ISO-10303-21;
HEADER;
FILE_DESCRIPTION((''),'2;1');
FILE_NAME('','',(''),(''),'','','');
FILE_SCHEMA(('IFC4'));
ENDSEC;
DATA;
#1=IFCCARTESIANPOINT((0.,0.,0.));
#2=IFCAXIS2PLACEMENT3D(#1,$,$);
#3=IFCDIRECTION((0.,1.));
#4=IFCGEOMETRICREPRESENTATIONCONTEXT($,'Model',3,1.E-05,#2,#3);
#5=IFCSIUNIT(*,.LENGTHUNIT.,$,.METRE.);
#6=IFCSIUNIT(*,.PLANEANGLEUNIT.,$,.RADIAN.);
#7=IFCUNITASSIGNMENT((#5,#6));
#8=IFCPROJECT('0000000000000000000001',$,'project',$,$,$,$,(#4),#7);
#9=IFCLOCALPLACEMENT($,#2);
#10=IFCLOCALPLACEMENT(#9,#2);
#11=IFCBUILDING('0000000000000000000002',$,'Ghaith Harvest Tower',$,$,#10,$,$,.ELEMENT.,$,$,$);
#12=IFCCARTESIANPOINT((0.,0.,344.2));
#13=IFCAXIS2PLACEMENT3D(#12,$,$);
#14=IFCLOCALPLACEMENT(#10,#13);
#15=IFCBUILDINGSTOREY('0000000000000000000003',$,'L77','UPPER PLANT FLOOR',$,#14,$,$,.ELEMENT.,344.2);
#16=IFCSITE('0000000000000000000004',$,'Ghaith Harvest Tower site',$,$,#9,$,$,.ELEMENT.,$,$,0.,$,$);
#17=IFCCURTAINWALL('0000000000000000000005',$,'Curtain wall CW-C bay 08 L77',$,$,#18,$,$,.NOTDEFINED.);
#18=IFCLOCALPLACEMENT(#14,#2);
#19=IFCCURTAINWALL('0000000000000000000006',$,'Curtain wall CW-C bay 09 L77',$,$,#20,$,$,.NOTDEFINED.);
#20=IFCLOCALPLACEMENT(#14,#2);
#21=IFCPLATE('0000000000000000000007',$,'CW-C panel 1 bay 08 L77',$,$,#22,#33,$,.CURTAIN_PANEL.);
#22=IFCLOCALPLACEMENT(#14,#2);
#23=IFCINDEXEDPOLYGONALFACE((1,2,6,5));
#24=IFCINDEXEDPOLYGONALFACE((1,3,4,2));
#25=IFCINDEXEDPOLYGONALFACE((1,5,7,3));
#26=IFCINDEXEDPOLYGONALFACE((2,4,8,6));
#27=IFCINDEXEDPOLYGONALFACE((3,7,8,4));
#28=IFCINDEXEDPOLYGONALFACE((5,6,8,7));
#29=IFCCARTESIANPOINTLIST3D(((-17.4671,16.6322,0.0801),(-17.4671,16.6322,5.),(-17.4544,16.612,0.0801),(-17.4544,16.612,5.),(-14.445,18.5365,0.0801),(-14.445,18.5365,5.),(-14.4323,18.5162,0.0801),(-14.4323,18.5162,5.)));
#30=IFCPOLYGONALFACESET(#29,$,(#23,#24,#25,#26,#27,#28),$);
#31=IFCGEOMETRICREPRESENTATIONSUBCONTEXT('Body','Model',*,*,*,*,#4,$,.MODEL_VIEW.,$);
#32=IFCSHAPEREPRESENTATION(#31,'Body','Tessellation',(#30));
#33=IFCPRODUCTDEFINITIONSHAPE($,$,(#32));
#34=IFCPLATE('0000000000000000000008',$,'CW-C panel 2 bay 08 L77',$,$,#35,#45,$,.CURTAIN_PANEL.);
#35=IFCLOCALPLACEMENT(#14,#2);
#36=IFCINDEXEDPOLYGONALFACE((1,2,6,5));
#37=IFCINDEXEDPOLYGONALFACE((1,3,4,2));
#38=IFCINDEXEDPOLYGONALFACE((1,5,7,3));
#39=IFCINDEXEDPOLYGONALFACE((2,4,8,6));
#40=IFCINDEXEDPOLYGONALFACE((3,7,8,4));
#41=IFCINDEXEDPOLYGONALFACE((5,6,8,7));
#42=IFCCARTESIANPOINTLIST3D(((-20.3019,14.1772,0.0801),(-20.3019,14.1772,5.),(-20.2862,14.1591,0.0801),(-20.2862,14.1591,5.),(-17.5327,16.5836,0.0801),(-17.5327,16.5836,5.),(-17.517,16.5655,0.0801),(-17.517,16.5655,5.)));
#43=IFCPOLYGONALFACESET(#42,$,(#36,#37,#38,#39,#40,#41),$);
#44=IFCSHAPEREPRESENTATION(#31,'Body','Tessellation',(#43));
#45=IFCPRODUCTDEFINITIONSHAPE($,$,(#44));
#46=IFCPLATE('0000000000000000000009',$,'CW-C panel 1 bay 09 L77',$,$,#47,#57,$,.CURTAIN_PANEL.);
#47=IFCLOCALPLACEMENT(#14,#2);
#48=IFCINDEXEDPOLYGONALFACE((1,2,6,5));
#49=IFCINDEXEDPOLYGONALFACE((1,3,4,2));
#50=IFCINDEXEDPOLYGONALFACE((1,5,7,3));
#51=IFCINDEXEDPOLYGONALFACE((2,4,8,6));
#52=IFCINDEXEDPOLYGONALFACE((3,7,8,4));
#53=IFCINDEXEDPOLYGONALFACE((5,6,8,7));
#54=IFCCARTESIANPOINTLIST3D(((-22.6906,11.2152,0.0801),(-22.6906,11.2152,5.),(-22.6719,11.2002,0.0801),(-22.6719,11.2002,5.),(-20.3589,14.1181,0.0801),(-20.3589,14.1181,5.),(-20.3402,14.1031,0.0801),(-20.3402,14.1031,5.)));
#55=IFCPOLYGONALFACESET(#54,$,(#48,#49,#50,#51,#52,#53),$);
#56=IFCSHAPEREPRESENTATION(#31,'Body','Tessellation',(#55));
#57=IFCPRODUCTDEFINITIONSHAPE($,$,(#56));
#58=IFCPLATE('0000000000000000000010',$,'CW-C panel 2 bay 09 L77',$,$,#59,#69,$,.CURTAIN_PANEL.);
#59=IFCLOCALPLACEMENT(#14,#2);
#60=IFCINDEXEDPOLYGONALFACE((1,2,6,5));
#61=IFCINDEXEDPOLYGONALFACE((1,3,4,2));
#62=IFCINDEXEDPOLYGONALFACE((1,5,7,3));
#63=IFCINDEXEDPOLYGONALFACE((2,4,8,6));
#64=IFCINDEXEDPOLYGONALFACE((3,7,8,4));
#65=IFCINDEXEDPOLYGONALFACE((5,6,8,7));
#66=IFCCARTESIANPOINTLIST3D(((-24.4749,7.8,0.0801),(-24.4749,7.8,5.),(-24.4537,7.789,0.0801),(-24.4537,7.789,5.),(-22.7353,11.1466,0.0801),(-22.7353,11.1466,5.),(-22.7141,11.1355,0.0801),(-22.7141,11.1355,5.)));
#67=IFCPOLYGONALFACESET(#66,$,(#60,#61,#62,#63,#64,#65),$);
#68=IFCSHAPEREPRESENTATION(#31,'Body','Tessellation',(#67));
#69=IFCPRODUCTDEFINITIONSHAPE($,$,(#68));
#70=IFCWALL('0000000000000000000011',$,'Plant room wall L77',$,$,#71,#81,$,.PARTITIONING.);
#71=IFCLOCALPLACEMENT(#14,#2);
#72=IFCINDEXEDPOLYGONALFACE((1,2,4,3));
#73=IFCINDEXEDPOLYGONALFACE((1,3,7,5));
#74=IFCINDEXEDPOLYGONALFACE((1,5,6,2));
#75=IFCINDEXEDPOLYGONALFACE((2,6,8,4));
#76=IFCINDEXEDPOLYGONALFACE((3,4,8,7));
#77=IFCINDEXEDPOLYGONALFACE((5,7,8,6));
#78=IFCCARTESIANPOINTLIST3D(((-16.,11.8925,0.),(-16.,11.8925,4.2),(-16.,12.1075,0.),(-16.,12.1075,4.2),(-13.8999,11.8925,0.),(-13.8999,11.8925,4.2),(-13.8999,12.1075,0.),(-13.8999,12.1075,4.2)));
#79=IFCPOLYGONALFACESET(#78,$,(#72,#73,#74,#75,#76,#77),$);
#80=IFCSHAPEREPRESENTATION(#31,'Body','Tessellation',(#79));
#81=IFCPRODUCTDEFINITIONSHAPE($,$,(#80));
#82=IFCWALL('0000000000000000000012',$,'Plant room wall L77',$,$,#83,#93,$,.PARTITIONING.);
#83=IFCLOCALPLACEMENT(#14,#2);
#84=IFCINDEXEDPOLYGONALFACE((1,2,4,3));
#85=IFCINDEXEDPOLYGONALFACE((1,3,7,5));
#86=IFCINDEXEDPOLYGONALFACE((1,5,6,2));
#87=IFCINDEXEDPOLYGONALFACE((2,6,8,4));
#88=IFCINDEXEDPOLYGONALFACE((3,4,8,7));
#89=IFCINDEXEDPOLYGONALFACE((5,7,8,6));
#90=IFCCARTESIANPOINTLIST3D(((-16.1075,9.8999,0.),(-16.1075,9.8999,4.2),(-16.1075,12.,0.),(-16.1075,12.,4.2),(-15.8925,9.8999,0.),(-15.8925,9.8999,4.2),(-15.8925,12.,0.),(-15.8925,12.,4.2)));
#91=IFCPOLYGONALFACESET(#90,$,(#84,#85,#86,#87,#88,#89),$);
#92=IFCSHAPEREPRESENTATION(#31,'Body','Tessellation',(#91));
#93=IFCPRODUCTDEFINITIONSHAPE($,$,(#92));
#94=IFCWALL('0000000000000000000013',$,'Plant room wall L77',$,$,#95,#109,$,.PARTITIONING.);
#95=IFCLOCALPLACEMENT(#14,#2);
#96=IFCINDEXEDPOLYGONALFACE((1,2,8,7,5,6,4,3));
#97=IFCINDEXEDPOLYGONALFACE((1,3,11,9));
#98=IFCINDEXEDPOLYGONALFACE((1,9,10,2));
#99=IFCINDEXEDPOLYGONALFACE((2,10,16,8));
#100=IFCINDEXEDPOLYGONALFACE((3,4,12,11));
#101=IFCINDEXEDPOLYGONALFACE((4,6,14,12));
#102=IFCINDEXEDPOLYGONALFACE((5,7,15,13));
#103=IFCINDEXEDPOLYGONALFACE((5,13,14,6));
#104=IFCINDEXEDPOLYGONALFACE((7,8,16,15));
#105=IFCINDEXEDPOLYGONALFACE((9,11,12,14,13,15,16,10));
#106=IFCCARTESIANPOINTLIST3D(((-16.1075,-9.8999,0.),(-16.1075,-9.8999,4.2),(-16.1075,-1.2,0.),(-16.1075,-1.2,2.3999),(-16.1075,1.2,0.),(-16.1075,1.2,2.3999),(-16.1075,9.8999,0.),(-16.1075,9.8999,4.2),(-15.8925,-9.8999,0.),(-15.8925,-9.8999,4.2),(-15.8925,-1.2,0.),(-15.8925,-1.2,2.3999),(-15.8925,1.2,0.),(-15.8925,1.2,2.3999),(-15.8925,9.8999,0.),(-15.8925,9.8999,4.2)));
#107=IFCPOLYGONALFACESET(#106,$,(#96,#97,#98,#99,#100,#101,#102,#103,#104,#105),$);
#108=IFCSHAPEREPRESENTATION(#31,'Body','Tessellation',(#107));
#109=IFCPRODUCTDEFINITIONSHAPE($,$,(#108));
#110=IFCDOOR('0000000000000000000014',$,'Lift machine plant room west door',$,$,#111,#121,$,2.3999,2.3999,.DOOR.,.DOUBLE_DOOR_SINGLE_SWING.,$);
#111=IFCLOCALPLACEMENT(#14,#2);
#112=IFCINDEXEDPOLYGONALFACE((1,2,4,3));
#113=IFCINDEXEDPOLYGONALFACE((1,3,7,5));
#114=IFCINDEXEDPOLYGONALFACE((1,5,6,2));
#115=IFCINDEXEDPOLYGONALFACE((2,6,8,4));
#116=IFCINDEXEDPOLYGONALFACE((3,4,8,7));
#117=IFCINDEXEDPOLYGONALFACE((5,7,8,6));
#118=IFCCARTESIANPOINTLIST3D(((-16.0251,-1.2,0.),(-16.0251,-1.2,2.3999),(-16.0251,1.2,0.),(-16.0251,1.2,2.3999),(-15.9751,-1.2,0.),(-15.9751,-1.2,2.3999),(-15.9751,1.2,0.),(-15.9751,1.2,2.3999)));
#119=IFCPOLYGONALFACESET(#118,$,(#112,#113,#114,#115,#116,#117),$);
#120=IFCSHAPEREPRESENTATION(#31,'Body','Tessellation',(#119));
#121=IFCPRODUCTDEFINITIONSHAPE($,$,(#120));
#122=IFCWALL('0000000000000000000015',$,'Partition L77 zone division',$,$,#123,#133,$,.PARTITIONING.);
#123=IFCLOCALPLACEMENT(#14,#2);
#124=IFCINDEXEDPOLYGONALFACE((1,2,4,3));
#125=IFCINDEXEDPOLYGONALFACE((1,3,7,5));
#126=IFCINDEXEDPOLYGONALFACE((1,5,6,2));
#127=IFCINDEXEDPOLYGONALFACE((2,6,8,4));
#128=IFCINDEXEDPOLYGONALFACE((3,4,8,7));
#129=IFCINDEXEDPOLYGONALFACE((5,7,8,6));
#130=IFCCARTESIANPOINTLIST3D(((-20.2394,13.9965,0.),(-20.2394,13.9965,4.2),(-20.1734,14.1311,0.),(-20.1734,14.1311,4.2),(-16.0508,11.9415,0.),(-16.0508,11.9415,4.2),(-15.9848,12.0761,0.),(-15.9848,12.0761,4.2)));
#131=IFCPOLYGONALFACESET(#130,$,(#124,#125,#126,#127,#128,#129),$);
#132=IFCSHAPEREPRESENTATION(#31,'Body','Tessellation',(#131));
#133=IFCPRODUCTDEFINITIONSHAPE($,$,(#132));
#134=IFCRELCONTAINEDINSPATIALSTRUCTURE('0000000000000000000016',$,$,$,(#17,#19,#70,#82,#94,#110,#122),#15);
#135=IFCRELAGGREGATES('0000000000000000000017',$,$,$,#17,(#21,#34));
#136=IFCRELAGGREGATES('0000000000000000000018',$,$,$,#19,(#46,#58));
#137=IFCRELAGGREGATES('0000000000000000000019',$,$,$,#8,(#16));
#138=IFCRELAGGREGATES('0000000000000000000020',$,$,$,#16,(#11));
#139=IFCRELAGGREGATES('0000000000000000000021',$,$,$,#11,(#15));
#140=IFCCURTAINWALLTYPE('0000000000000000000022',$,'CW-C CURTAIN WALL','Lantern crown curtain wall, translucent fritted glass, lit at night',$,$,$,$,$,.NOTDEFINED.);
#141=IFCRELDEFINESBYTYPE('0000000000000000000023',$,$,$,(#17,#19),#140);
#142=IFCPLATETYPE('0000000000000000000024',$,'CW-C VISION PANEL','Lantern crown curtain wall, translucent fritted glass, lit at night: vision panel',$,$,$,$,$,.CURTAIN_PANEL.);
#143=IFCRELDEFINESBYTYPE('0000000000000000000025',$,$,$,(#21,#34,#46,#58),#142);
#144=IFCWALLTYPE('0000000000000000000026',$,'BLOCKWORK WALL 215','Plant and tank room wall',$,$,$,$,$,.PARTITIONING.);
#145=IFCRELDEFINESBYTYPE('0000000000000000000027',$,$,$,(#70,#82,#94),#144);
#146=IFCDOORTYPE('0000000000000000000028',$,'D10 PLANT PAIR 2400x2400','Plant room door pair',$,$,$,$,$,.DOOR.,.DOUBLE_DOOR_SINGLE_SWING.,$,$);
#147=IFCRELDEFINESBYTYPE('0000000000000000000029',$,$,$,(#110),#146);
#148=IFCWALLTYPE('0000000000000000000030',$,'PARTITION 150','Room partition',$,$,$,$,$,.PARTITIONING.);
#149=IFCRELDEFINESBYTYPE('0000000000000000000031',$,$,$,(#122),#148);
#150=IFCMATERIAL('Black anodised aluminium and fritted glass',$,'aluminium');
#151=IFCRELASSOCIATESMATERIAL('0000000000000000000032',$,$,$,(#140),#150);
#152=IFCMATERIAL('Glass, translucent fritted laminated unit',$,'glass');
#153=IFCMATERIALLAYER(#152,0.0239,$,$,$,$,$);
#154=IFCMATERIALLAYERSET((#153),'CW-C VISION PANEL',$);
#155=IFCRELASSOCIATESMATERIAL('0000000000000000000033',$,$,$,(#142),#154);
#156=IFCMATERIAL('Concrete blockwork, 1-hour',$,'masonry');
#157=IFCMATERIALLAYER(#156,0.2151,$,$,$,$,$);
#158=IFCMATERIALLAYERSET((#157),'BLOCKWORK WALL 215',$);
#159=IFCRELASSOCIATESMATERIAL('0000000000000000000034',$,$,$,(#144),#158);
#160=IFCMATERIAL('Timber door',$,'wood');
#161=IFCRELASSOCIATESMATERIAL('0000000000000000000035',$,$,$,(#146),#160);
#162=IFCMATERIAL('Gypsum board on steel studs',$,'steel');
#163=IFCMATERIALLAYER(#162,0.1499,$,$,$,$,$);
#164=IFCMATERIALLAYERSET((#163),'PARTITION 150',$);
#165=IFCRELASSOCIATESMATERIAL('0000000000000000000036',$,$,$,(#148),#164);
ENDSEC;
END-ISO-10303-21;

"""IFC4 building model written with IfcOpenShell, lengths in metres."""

from ifc_helpers import new_model, si_unit, direction, frame, frame_2d, origin, origin_2d, place, context, subcontext, project, spatial, rectangle, extrude, material, layer, layer_set, type_object, element, fill, aggregate, save


model = new_model("IFC4")

# Units and contexts
model_context = context("Model", 3, precision=1e-05, world=origin(), true_north=direction((0.0, 1.0)))
body_context = subcontext(model_context, "Body", "Model", "MODEL_VIEW")
ifc_project = project(units=[si_unit("LENGTHUNIT", "METRE"), si_unit("PLANEANGLEUNIT", "RADIAN")], contexts=[model_context])

# Site, building, storey
site_placement = place(None, origin())
site = spatial("IfcSite", under=ifc_project, at=site_placement, Name="Ghaith Harvest Tower site", CompositionType="ELEMENT", RefElevation=0.0)
building_placement = place(site_placement, origin())
building = spatial("IfcBuilding", under=site, at=building_placement, Name="Ghaith Harvest Tower", CompositionType="ELEMENT")
storey_placement = place(building_placement, frame((0.0, 0.0, 344.2)))
storey = spatial("IfcBuildingStorey", under=building, at=storey_placement, Name="L77", Description="UPPER PLANT FLOOR", CompositionType="ELEMENT", Elevation=344.2)

# Curtain walls
ifc_material_1 = material(Name="Black anodised aluminium and fritted glass", Category="aluminium")
curtain_wall_type = type_object("IfcCurtainWallType", Name="CW-C CURTAIN WALL", Description="Lantern crown curtain wall, translucent fritted glass, lit at night", PredefinedType="NOTDEFINED", material=ifc_material_1)
curtain_wall_1_placement = place(storey_placement, origin())
curtain_wall_1 = element("IfcCurtainWall", 1, at=curtain_wall_1_placement, inside=storey, type_object=curtain_wall_type, Name="Curtain wall CW-C bay 08 L77", PredefinedType="NOTDEFINED")
curtain_wall_2_placement = place(storey_placement, origin())
curtain_wall_2 = element("IfcCurtainWall", 2, at=curtain_wall_2_placement, inside=storey, type_object=curtain_wall_type, Name="Curtain wall CW-C bay 09 L77", PredefinedType="NOTDEFINED")

# Plates
ifc_material_2 = material(Name="Glass, translucent fritted laminated unit", Category="glass")
ifc_layer_1 = layer(ifc_material_2, 0.0239)
ifc_layer_set_1 = layer_set([ifc_layer_1], Name="CW-C VISION PANEL")
plate_type = type_object("IfcPlateType", Name="CW-C VISION PANEL", Description="Lantern crown curtain wall, translucent fritted glass, lit at night: vision panel", PredefinedType="CURTAIN_PANEL", material=ifc_layer_set_1)
plate_1_placement = place(storey_placement, frame((-15.9497, 17.5742, 0.0801), z_axis=(0.0, 0.0, 1.0), x_axis=(-0.846043, -0.533114, 0.0)))
plate_1 = element("IfcPlate", 3, at=plate_1_placement, type_object=plate_type, Name="CW-C panel 1 bay 08 L77", PredefinedType="CURTAIN_PANEL", context=body_context, shape_type="SweptSolid", body=[
    extrude(rectangle(XDim=3.572, YDim=0.0239, at=origin_2d()), origin(), (0.0, 0.0, 1.0), 4.9199),
])
plate_2_placement = place(storey_placement, frame((-18.9094, 15.3713, 0.0801), z_axis=(0.0, 0.0, 1.0), x_axis=(-0.754829, -0.655922, 0.0)))
plate_2 = element("IfcPlate", 4, at=plate_2_placement, type_object=plate_type, Name="CW-C panel 2 bay 08 L77", PredefinedType="CURTAIN_PANEL", context=body_context, shape_type="SweptSolid", body=[
    extrude(rectangle(XDim=3.6687, YDim=0.0239, at=origin_2d()), origin(), (0.0, 0.0, 1.0), 4.9199),
])
aggregate(curtain_wall_1, [plate_1, plate_2])
plate_3_placement = place(storey_placement, frame((-21.5154, 12.6592, 0.0801), z_axis=(0.0, 0.0, 1.0), x_axis=(-0.62623, -0.779639, 0.0)))
plate_3 = element("IfcPlate", 5, at=plate_3_placement, type_object=plate_type, Name="CW-C panel 1 bay 09 L77", PredefinedType="CURTAIN_PANEL", context=body_context, shape_type="SweptSolid", body=[
    extrude(rectangle(XDim=3.7234, YDim=0.0239, at=origin_2d()), origin(), (0.0, 0.0, 1.0), 4.9199),
])
plate_4_placement = place(storey_placement, frame((-23.5945, 9.4678, 0.0801), z_axis=(0.0, 0.0, 1.0), x_axis=(-0.46123, -0.887281, 0.0)))
plate_4 = element("IfcPlate", 6, at=plate_4_placement, type_object=plate_type, Name="CW-C panel 2 bay 09 L77", PredefinedType="CURTAIN_PANEL", context=body_context, shape_type="SweptSolid", body=[
    extrude(rectangle(XDim=3.7717, YDim=0.0239, at=origin_2d()), origin(), (0.0, 0.0, 1.0), 4.9199),
])
aggregate(curtain_wall_2, [plate_3, plate_4])

# Walls
ifc_material_3 = material(Name="Concrete blockwork, 1-hour", Category="masonry")
ifc_layer_2 = layer(ifc_material_3, 0.2151)
ifc_layer_set_2 = layer_set([ifc_layer_2], Name="BLOCKWORK WALL 215")
wall_type_1 = type_object("IfcWallType", Name="BLOCKWORK WALL 215", Description="Plant and tank room wall", PredefinedType="PARTITIONING", material=ifc_layer_set_2)
for number, where, z_axis, x_axis, name in (
    (7, (-13.8999, 12.0, 0.0), (0.0, 0.0, 1.0), (-1.0, 0.0, 0.0), "Plant room wall L77"),
    (8, (-16.0, 12.0, 0.0), (0.0, 0.0, 1.0), (0.0, -1.0, 0.0), "Plant room wall L77"),
):
    element("IfcWall", number, at=place(storey_placement, frame(where, z_axis=z_axis, x_axis=x_axis)), inside=storey, type_object=wall_type_1, Name=name, PredefinedType="PARTITIONING", context=body_context, shape_type="SweptSolid", body=[
        extrude(rectangle(XDim=2.1001, YDim=0.2151, at=frame_2d((1.05, 0.0))), origin(), (0.0, 0.0, 1.0), 4.2),
    ])

# Wall, opening, door
wall_1_placement = place(storey_placement, frame((-16.0, 9.8999, 0.0), z_axis=(0.0, 0.0, 1.0), x_axis=(0.0, -1.0, 0.0)))
wall_1 = element("IfcWall", 9, at=wall_1_placement, inside=storey, type_object=wall_type_1, Name="Plant room wall L77", PredefinedType="PARTITIONING", context=body_context, shape_type="SweptSolid", body=[
    extrude(rectangle(XDim=19.7998, YDim=0.2151, at=frame_2d((9.8999, 0.0))), origin(), (0.0, 0.0, 1.0), 4.2),
])
opening_1_placement = place(wall_1_placement, frame((8.7, 0.0, 0.0)))
opening_1 = element("IfcOpeningElement", 10, at=opening_1_placement, cuts=wall_1, PredefinedType="OPENING", context=body_context, shape_type="SweptSolid", body=[
    extrude(rectangle(XDim=2.3999, YDim=2.3999, at=frame_2d((1.2, 1.2))), frame((0.0, 0.1177, 0.0), z_axis=(0.0, -1.0, 0.0), x_axis=(1.0, 0.0, 0.0)), (0.0, 0.0, 1.0), 0.2351),
])
ifc_material_4 = material(Name="Timber door", Category="wood")
door_type_1 = type_object("IfcDoorType", Name="D10 PLANT PAIR 2400x2400", Description="Plant room door pair", OperationType="DOUBLE_DOOR_SINGLE_SWING", PredefinedType="DOOR", material=ifc_material_4)
door_1_placement = place(opening_1_placement, origin())
door_1 = element("IfcDoor", 11, at=door_1_placement, inside=storey, type_object=door_type_1, Name="Lift machine plant room west door", OperationType="DOUBLE_DOOR_SINGLE_SWING", OverallHeight=2.3999, OverallWidth=2.3999, PredefinedType="DOOR", context=body_context, shape_type="SweptSolid", body=[
    extrude(rectangle(XDim=2.3999, YDim=2.3999, at=frame_2d((1.2, 1.2))), frame((0.0, 0.0249, 0.0), z_axis=(0.0, -1.0, 0.0), x_axis=(1.0, 0.0, 0.0)), (0.0, 0.0, 1.0), 0.05),
])
fill(opening_1, door_1)

# Wall
ifc_material_5 = material(Name="Gypsum board on steel studs", Category="steel")
ifc_layer_3 = layer(ifc_material_5, 0.1499)
ifc_layer_set_3 = layer_set([ifc_layer_3], Name="PARTITION 150")
wall_type_2 = type_object("IfcWallType", Name="PARTITION 150", Description="Room partition", PredefinedType="PARTITIONING", material=ifc_layer_set_3)
wall_2_placement = place(storey_placement, frame((-16.0178, 12.0088, 0.0), z_axis=(0.0, 0.0, 1.0), x_axis=(-0.897772, 0.440461, 0.0)))
element("IfcWall", 12, at=wall_2_placement, inside=storey, type_object=wall_type_2, Name="Partition L77 zone division", PredefinedType="PARTITIONING", context=body_context, shape_type="SweptSolid", body=[
    extrude(rectangle(XDim=4.6655, YDim=0.1499, at=frame_2d((2.3328, 0.0))), origin(), (0.0, 0.0, 1.0), 4.2),
])

save(model, "model.ifc")
